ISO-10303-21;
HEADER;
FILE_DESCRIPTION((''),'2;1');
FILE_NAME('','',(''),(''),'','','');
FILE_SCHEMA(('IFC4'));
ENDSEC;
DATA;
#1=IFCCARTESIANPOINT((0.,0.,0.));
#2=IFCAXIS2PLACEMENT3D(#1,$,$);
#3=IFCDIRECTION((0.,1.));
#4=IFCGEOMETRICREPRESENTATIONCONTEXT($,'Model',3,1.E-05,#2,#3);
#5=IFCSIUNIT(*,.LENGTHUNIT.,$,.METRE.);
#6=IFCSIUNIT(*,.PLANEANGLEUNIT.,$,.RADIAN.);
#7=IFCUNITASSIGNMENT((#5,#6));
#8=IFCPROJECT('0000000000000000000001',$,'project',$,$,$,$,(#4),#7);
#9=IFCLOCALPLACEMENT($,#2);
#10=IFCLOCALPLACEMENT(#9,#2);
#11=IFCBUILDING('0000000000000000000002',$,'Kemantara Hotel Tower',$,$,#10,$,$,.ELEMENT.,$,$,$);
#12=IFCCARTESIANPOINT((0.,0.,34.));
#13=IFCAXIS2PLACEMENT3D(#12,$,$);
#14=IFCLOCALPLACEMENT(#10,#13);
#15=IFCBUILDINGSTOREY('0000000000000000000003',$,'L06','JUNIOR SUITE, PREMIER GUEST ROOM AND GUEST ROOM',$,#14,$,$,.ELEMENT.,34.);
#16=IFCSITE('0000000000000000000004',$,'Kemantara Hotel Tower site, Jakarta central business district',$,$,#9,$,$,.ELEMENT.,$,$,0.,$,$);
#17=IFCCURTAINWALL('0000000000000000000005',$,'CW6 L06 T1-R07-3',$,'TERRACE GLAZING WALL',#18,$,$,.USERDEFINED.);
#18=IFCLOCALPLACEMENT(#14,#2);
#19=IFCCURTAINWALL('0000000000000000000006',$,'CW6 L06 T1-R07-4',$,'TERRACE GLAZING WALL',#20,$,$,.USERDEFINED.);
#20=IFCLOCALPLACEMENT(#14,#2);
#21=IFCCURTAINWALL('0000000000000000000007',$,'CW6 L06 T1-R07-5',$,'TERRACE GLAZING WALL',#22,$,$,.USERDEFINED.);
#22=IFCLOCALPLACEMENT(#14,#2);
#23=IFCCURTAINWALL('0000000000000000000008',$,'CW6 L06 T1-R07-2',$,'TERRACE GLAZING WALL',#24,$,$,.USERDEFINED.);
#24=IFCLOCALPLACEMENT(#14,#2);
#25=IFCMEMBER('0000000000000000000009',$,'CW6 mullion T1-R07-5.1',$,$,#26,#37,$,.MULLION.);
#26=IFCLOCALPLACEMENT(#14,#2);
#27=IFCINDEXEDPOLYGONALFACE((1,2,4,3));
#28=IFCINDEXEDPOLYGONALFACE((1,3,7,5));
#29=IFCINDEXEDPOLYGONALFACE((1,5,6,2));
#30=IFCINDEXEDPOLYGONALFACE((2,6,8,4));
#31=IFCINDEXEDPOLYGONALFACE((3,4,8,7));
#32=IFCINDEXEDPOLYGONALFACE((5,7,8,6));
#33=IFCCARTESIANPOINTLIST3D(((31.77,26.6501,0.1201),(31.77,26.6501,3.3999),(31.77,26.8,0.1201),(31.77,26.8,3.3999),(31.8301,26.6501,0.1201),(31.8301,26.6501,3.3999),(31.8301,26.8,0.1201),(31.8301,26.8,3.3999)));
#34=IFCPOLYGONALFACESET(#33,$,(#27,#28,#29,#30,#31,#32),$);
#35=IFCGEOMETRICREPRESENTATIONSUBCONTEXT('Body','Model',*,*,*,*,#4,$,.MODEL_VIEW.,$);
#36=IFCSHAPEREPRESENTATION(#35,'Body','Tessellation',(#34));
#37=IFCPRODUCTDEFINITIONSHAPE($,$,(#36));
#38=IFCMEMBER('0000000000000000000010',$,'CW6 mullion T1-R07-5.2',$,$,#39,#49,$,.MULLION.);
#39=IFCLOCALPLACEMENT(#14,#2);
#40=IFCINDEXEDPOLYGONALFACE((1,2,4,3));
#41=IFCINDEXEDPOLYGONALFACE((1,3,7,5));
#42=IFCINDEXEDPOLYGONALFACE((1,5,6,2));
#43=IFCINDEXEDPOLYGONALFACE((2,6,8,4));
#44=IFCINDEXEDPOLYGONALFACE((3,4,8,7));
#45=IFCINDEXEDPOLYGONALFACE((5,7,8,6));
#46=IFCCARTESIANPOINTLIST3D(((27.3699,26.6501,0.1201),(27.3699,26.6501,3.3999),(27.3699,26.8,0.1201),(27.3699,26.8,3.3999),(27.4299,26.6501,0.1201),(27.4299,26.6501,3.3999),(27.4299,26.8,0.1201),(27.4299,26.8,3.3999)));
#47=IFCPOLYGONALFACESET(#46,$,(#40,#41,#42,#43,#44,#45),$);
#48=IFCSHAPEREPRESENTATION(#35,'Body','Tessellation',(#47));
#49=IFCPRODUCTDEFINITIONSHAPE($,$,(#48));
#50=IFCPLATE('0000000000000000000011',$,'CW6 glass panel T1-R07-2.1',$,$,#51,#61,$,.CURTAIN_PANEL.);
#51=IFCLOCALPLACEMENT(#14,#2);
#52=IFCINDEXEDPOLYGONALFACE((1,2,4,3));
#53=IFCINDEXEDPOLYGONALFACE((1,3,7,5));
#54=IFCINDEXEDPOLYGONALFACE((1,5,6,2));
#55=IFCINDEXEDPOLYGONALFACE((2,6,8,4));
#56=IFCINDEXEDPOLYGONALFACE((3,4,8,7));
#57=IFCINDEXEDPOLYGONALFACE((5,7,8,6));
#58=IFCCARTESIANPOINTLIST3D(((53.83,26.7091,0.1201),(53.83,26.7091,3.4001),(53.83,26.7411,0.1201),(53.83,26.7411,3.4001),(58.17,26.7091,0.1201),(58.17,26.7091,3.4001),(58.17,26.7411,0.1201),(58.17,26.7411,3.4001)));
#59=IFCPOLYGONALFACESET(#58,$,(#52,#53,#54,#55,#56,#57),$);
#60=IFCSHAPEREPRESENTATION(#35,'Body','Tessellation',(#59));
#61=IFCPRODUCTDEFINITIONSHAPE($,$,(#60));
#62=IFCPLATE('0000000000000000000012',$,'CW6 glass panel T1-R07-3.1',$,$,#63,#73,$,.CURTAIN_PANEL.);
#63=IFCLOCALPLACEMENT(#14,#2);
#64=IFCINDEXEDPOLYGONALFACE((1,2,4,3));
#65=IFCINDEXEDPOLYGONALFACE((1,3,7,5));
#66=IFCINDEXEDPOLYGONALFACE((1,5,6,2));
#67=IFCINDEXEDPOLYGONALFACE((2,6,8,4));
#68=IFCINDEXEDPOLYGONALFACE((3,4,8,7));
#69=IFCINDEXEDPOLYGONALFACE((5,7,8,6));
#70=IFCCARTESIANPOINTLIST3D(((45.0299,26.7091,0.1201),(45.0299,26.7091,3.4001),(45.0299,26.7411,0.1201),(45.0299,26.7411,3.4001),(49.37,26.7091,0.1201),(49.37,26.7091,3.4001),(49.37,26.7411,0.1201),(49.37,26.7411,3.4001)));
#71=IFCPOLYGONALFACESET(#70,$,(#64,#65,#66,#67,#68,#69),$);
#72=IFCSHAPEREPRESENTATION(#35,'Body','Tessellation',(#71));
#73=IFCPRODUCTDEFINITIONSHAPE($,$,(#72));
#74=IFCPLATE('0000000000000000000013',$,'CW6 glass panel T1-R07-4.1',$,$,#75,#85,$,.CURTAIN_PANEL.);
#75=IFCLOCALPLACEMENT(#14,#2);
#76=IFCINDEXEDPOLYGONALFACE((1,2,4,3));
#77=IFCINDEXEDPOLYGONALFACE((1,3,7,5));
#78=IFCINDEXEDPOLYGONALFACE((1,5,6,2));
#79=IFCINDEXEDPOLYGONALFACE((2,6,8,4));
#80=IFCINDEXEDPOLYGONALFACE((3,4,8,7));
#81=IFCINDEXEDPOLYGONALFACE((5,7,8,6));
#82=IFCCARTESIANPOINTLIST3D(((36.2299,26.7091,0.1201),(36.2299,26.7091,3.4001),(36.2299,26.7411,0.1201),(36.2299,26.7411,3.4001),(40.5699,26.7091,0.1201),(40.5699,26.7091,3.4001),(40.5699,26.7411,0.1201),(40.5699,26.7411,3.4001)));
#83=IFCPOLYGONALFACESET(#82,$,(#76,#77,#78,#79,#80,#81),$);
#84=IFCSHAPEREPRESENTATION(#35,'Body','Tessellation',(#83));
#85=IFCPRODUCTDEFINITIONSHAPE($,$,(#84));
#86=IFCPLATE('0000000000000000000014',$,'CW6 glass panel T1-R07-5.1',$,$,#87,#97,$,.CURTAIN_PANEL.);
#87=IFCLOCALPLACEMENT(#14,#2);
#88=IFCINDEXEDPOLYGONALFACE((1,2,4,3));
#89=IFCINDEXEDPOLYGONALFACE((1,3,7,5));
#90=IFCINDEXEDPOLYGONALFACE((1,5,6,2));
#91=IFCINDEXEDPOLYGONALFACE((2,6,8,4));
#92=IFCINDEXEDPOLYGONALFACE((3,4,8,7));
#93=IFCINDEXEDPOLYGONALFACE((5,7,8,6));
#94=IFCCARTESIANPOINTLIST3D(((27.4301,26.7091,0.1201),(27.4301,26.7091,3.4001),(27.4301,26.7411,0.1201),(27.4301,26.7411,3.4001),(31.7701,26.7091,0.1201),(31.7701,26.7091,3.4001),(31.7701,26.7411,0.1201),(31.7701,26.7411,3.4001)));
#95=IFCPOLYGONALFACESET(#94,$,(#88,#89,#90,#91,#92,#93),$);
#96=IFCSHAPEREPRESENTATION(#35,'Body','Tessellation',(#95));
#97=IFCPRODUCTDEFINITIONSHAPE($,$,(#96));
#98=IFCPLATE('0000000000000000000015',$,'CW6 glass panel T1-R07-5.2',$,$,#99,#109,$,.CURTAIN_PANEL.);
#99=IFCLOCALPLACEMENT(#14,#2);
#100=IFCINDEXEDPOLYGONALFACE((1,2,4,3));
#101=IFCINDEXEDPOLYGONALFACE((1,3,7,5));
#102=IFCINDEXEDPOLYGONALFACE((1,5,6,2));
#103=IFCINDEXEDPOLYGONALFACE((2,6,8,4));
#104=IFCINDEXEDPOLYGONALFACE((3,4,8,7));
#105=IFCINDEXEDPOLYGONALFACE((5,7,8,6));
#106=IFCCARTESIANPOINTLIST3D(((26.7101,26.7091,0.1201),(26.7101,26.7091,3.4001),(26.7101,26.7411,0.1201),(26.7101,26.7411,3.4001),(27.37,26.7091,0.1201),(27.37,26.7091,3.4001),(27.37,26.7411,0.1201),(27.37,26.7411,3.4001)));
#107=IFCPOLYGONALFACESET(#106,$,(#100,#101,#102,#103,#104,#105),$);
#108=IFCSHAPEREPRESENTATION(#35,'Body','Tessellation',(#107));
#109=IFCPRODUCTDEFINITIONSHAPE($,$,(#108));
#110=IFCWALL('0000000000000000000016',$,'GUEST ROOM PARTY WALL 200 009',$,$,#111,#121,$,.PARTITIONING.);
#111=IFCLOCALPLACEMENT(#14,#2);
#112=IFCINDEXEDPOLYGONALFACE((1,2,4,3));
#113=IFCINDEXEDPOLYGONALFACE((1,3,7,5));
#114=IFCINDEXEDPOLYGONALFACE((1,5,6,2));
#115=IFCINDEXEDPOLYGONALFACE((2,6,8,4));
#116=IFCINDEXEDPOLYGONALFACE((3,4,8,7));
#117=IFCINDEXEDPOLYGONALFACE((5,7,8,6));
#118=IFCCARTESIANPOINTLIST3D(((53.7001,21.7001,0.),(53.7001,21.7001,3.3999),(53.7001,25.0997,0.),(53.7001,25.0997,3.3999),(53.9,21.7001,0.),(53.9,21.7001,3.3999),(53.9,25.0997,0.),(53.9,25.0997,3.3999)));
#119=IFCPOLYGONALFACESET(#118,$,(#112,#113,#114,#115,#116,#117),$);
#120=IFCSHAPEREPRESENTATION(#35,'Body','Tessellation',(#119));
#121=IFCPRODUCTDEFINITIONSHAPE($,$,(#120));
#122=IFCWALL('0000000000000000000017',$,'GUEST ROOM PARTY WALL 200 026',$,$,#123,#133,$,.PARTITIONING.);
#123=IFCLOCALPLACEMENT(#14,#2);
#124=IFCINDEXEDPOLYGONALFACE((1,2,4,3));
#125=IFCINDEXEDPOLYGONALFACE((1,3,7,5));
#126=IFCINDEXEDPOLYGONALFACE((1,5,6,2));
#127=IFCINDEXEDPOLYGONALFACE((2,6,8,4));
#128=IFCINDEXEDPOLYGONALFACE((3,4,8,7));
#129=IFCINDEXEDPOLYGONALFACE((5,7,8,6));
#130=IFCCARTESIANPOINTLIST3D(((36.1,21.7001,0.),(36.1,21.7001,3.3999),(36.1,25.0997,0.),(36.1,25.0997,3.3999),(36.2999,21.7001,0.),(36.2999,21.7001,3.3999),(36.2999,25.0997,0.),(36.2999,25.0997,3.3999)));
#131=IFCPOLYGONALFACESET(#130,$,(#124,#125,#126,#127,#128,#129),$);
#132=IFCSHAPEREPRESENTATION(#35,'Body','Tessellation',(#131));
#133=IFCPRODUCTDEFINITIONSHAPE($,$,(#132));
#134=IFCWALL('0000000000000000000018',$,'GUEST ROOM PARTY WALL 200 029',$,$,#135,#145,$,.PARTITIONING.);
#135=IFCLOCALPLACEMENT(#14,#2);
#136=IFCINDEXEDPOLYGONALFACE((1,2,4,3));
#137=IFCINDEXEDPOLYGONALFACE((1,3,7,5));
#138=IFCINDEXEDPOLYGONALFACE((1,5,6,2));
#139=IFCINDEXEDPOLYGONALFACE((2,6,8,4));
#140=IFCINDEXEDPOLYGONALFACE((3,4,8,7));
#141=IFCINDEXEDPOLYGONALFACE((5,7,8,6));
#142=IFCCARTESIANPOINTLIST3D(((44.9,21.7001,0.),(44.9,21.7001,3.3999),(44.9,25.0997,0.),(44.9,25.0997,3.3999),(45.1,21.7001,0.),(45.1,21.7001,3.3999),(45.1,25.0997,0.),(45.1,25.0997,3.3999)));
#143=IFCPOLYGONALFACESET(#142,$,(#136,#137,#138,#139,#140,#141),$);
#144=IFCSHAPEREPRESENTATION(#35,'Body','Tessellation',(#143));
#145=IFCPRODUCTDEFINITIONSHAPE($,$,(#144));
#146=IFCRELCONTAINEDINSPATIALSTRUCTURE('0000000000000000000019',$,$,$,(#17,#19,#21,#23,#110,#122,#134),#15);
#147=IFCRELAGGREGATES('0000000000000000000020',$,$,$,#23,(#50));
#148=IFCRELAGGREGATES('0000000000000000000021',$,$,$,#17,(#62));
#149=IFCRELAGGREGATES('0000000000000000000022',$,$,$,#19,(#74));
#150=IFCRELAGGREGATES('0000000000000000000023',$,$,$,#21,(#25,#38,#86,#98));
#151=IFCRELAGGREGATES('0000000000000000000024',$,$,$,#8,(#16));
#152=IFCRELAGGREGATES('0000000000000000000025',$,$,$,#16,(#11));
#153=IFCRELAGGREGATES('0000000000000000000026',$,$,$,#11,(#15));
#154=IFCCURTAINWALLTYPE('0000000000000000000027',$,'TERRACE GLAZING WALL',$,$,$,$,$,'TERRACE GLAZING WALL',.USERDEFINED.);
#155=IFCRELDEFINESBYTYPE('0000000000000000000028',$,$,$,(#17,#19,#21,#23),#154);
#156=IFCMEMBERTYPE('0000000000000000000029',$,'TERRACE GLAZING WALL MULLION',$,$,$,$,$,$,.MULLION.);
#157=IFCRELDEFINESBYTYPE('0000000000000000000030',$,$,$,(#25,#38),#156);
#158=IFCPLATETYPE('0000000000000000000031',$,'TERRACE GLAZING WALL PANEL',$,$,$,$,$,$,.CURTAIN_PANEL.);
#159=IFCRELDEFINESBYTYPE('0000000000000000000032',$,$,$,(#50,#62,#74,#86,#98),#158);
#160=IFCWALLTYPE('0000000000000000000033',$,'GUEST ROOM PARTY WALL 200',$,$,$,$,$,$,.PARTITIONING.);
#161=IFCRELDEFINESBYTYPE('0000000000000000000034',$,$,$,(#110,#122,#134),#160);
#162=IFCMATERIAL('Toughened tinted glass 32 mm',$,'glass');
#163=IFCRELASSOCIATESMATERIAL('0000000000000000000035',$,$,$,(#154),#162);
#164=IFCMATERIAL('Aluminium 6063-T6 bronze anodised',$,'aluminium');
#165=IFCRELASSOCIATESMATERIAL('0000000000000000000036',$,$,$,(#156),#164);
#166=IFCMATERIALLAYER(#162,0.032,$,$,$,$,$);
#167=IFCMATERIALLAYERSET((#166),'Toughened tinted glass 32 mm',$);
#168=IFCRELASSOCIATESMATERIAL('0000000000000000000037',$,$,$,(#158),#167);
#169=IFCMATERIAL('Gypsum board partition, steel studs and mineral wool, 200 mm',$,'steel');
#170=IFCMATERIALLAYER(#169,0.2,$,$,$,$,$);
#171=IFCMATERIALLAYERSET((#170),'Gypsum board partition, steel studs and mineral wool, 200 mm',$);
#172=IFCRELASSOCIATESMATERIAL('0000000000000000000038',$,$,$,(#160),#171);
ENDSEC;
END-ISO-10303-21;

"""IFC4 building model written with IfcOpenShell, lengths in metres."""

from ifc_helpers import new_model, si_unit, direction, frame, frame_2d, origin, origin_2d, place, context, subcontext, project, spatial, rectangle, extrude, source, transform, mapped, material, layer, layer_set, material_profile, profile_set, type_object, element, aggregate, save


model = new_model("IFC4")

# Units and contexts
model_context = context("Model", 3, precision=1e-05, world=origin(), true_north=direction((0.0, 1.0)))
body_context = subcontext(model_context, "Body", "Model", "MODEL_VIEW")
ifc_project = project(units=[si_unit("LENGTHUNIT", "METRE"), si_unit("PLANEANGLEUNIT", "RADIAN")], contexts=[model_context])

# Site, building, storey
site_placement = place(None, origin())
site = spatial("IfcSite", under=ifc_project, at=site_placement, Name="Kemantara Hotel Tower site, Jakarta central business district", CompositionType="ELEMENT", RefElevation=0.0)
building_placement = place(site_placement, origin())
building = spatial("IfcBuilding", under=site, at=building_placement, Name="Kemantara Hotel Tower", CompositionType="ELEMENT")
storey_placement = place(building_placement, frame((0.0, 0.0, 34.0)))
storey = spatial("IfcBuildingStorey", under=building, at=storey_placement, Name="L06", Description="JUNIOR SUITE, PREMIER GUEST ROOM AND GUEST ROOM", CompositionType="ELEMENT", Elevation=34.0)

# Curtain walls
ifc_material_1 = material(Name="Toughened tinted glass 32 mm", Category="glass")
curtain_wall_type = type_object("IfcCurtainWallType", Name="TERRACE GLAZING WALL", ElementType="TERRACE GLAZING WALL", PredefinedType="USERDEFINED", material=ifc_material_1)
curtain_wall_1_placement = place(storey_placement, origin())
curtain_wall_1 = element("IfcCurtainWall", 1, at=curtain_wall_1_placement, inside=storey, type_object=curtain_wall_type, Name="CW6 L06 T1-R07-3", ObjectType="TERRACE GLAZING WALL", PredefinedType="USERDEFINED")
ifc_material_2 = material(Name="Aluminium 6063-T6 bronze anodised", Category="aluminium")
curtain_wall_2_placement = place(storey_placement, origin())
curtain_wall_2 = element("IfcCurtainWall", 2, at=curtain_wall_2_placement, inside=storey, type_object=curtain_wall_type, Name="CW6 L06 T1-R07-4", ObjectType="TERRACE GLAZING WALL", PredefinedType="USERDEFINED")
curtain_wall_3_placement = place(storey_placement, origin())
curtain_wall_3 = element("IfcCurtainWall", 3, at=curtain_wall_3_placement, inside=storey, type_object=curtain_wall_type, Name="CW6 L06 T1-R07-5", ObjectType="TERRACE GLAZING WALL", PredefinedType="USERDEFINED")
curtain_wall_4_placement = place(storey_placement, origin())
curtain_wall_4 = element("IfcCurtainWall", 4, at=curtain_wall_4_placement, inside=storey, type_object=curtain_wall_type, Name="CW6 L06 T1-R07-2", ObjectType="TERRACE GLAZING WALL", PredefinedType="USERDEFINED")
ifc_material_profile_1 = material_profile(ifc_material_2, rectangle(XDim=0.1499, YDim=0.0601, at=origin_2d()), Name="TERRACE GLAZING WALL MULLION")
ifc_profile_set_1 = profile_set([ifc_material_profile_1], Name="Aluminium 6063-T6 bronze anodised")
member_type_1 = type_object("IfcMemberType", Name="TERRACE GLAZING WALL MULLION", PredefinedType="MULLION", material=ifc_profile_set_1)
shared_shape_1 = source(origin(), body_context, "Body", "SweptSolid", [
    extrude(rectangle(XDim=0.1499, YDim=0.0601, at=origin_2d()), origin(), (0.0, 0.0, 1.0), 3.2798),
])

# Members
member_1_placement = place(storey_placement, frame((31.8, 26.7251, 0.1201), z_axis=(0.0, 0.0, 1.0), x_axis=(0.0, -1.0, 0.0)))
member_1 = element("IfcMember", 5, at=member_1_placement, type_object=member_type_1, Name="CW6 mullion T1-R07-5.1", PredefinedType="MULLION", context=body_context, shape_type="MappedRepresentation", body=[
    mapped(shared_shape_1, transform((0.0, 0.0, 0.0))),
])
member_2_placement = place(storey_placement, frame((27.3999, 26.7251, 0.1201), z_axis=(0.0, 0.0, 1.0), x_axis=(0.0, -1.0, 0.0)))
member_2 = element("IfcMember", 6, at=member_2_placement, type_object=member_type_1, Name="CW6 mullion T1-R07-5.2", PredefinedType="MULLION", context=body_context, shape_type="MappedRepresentation", body=[
    mapped(shared_shape_1, transform((0.0, 0.0, 0.0))),
])

# Plates
ifc_layer_1 = layer(ifc_material_1, 0.032)
ifc_layer_set_1 = layer_set([ifc_layer_1], Name="Toughened tinted glass 32 mm")
plate_type = type_object("IfcPlateType", Name="TERRACE GLAZING WALL PANEL", PredefinedType="CURTAIN_PANEL", material=ifc_layer_set_1)
shared_shape_2 = source(origin(), body_context, "Body", "SweptSolid", [
    extrude(rectangle(XDim=4.3401, YDim=0.032, at=origin_2d()), origin(), (0.0, 0.0, 1.0), 3.28),
])
plate_1_placement = place(storey_placement, frame((56.0, 26.7251, 0.1201), z_axis=(0.0, 0.0, 1.0), x_axis=(-1.0, 0.0, 0.0)))
plate_1 = element("IfcPlate", 7, at=plate_1_placement, type_object=plate_type, Name="CW6 glass panel T1-R07-2.1", PredefinedType="CURTAIN_PANEL", context=body_context, shape_type="MappedRepresentation", body=[
    mapped(shared_shape_2, transform((0.0, 0.0, 0.0))),
])
aggregate(curtain_wall_4, [plate_1])
plate_2_placement = place(storey_placement, frame((47.2, 26.7251, 0.1201), z_axis=(0.0, 0.0, 1.0), x_axis=(-1.0, 0.0, 0.0)))
plate_2 = element("IfcPlate", 8, at=plate_2_placement, type_object=plate_type, Name="CW6 glass panel T1-R07-3.1", PredefinedType="CURTAIN_PANEL", context=body_context, shape_type="MappedRepresentation", body=[
    mapped(shared_shape_2, transform((0.0, 0.0, 0.0))),
])
aggregate(curtain_wall_1, [plate_2])
plate_3_placement = place(storey_placement, frame((38.3999, 26.7251, 0.1201), z_axis=(0.0, 0.0, 1.0), x_axis=(-1.0, 0.0, 0.0)))
plate_3 = element("IfcPlate", 9, at=plate_3_placement, type_object=plate_type, Name="CW6 glass panel T1-R07-4.1", PredefinedType="CURTAIN_PANEL", context=body_context, shape_type="MappedRepresentation", body=[
    mapped(shared_shape_2, transform((0.0, 0.0, 0.0))),
])
aggregate(curtain_wall_2, [plate_3])
plate_4_placement = place(storey_placement, frame((29.6001, 26.7251, 0.1201), z_axis=(0.0, 0.0, 1.0), x_axis=(-1.0, 0.0, 0.0)))
plate_4 = element("IfcPlate", 10, at=plate_4_placement, type_object=plate_type, Name="CW6 glass panel T1-R07-5.1", PredefinedType="CURTAIN_PANEL", context=body_context, shape_type="MappedRepresentation", body=[
    mapped(shared_shape_2, transform((0.0, 0.0, 0.0))),
])
shared_shape_3 = source(origin(), body_context, "Body", "SweptSolid", [
    extrude(rectangle(XDim=0.6599, YDim=0.032, at=origin_2d()), origin(), (0.0, 0.0, 1.0), 3.28),
])
plate_5_placement = place(storey_placement, frame((27.04, 26.7251, 0.1201), z_axis=(0.0, 0.0, 1.0), x_axis=(-1.0, 0.0, 0.0)))
plate_5 = element("IfcPlate", 11, at=plate_5_placement, type_object=plate_type, Name="CW6 glass panel T1-R07-5.2", PredefinedType="CURTAIN_PANEL", context=body_context, shape_type="MappedRepresentation", body=[
    mapped(shared_shape_3, transform((0.0, 0.0, 0.0))),
])
aggregate(curtain_wall_3, [member_1, member_2, plate_4, plate_5])

# Walls
ifc_material_3 = material(Name="Gypsum board partition, steel studs and mineral wool, 200 mm", Category="steel")
ifc_layer_2 = layer(ifc_material_3, 0.2)
ifc_layer_set_2 = layer_set([ifc_layer_2], Name="Gypsum board partition, steel studs and mineral wool, 200 mm")
wall_type_1 = type_object("IfcWallType", Name="GUEST ROOM PARTY WALL 200", PredefinedType="PARTITIONING", material=ifc_layer_set_2)
for number, where, z_axis, x_axis, name in (
    (12, (53.8, 21.7002, 0.0), (0.0, 0.0, 1.0), (0.0, 1.0, 0.0), "GUEST ROOM PARTY WALL 200 009"),
    (13, (36.2, 21.7002, 0.0), (0.0, 0.0, 1.0), (0.0, 1.0, 0.0), "GUEST ROOM PARTY WALL 200 026"),
    (14, (45.0, 21.7002, 0.0), (0.0, 0.0, 1.0), (0.0, 1.0, 0.0), "GUEST ROOM PARTY WALL 200 029"),
):
    element("IfcWall", number, at=place(storey_placement, frame(where, z_axis=z_axis, x_axis=x_axis)), inside=storey, type_object=wall_type_1, Name=name, PredefinedType="PARTITIONING", context=body_context, shape_type="SweptSolid", body=[
        extrude(rectangle(XDim=3.3997, YDim=0.2, at=frame_2d((1.6997, 0.0))), origin(), (0.0, 0.0, 1.0), 3.3999),
    ])

save(model, "model.ifc")
